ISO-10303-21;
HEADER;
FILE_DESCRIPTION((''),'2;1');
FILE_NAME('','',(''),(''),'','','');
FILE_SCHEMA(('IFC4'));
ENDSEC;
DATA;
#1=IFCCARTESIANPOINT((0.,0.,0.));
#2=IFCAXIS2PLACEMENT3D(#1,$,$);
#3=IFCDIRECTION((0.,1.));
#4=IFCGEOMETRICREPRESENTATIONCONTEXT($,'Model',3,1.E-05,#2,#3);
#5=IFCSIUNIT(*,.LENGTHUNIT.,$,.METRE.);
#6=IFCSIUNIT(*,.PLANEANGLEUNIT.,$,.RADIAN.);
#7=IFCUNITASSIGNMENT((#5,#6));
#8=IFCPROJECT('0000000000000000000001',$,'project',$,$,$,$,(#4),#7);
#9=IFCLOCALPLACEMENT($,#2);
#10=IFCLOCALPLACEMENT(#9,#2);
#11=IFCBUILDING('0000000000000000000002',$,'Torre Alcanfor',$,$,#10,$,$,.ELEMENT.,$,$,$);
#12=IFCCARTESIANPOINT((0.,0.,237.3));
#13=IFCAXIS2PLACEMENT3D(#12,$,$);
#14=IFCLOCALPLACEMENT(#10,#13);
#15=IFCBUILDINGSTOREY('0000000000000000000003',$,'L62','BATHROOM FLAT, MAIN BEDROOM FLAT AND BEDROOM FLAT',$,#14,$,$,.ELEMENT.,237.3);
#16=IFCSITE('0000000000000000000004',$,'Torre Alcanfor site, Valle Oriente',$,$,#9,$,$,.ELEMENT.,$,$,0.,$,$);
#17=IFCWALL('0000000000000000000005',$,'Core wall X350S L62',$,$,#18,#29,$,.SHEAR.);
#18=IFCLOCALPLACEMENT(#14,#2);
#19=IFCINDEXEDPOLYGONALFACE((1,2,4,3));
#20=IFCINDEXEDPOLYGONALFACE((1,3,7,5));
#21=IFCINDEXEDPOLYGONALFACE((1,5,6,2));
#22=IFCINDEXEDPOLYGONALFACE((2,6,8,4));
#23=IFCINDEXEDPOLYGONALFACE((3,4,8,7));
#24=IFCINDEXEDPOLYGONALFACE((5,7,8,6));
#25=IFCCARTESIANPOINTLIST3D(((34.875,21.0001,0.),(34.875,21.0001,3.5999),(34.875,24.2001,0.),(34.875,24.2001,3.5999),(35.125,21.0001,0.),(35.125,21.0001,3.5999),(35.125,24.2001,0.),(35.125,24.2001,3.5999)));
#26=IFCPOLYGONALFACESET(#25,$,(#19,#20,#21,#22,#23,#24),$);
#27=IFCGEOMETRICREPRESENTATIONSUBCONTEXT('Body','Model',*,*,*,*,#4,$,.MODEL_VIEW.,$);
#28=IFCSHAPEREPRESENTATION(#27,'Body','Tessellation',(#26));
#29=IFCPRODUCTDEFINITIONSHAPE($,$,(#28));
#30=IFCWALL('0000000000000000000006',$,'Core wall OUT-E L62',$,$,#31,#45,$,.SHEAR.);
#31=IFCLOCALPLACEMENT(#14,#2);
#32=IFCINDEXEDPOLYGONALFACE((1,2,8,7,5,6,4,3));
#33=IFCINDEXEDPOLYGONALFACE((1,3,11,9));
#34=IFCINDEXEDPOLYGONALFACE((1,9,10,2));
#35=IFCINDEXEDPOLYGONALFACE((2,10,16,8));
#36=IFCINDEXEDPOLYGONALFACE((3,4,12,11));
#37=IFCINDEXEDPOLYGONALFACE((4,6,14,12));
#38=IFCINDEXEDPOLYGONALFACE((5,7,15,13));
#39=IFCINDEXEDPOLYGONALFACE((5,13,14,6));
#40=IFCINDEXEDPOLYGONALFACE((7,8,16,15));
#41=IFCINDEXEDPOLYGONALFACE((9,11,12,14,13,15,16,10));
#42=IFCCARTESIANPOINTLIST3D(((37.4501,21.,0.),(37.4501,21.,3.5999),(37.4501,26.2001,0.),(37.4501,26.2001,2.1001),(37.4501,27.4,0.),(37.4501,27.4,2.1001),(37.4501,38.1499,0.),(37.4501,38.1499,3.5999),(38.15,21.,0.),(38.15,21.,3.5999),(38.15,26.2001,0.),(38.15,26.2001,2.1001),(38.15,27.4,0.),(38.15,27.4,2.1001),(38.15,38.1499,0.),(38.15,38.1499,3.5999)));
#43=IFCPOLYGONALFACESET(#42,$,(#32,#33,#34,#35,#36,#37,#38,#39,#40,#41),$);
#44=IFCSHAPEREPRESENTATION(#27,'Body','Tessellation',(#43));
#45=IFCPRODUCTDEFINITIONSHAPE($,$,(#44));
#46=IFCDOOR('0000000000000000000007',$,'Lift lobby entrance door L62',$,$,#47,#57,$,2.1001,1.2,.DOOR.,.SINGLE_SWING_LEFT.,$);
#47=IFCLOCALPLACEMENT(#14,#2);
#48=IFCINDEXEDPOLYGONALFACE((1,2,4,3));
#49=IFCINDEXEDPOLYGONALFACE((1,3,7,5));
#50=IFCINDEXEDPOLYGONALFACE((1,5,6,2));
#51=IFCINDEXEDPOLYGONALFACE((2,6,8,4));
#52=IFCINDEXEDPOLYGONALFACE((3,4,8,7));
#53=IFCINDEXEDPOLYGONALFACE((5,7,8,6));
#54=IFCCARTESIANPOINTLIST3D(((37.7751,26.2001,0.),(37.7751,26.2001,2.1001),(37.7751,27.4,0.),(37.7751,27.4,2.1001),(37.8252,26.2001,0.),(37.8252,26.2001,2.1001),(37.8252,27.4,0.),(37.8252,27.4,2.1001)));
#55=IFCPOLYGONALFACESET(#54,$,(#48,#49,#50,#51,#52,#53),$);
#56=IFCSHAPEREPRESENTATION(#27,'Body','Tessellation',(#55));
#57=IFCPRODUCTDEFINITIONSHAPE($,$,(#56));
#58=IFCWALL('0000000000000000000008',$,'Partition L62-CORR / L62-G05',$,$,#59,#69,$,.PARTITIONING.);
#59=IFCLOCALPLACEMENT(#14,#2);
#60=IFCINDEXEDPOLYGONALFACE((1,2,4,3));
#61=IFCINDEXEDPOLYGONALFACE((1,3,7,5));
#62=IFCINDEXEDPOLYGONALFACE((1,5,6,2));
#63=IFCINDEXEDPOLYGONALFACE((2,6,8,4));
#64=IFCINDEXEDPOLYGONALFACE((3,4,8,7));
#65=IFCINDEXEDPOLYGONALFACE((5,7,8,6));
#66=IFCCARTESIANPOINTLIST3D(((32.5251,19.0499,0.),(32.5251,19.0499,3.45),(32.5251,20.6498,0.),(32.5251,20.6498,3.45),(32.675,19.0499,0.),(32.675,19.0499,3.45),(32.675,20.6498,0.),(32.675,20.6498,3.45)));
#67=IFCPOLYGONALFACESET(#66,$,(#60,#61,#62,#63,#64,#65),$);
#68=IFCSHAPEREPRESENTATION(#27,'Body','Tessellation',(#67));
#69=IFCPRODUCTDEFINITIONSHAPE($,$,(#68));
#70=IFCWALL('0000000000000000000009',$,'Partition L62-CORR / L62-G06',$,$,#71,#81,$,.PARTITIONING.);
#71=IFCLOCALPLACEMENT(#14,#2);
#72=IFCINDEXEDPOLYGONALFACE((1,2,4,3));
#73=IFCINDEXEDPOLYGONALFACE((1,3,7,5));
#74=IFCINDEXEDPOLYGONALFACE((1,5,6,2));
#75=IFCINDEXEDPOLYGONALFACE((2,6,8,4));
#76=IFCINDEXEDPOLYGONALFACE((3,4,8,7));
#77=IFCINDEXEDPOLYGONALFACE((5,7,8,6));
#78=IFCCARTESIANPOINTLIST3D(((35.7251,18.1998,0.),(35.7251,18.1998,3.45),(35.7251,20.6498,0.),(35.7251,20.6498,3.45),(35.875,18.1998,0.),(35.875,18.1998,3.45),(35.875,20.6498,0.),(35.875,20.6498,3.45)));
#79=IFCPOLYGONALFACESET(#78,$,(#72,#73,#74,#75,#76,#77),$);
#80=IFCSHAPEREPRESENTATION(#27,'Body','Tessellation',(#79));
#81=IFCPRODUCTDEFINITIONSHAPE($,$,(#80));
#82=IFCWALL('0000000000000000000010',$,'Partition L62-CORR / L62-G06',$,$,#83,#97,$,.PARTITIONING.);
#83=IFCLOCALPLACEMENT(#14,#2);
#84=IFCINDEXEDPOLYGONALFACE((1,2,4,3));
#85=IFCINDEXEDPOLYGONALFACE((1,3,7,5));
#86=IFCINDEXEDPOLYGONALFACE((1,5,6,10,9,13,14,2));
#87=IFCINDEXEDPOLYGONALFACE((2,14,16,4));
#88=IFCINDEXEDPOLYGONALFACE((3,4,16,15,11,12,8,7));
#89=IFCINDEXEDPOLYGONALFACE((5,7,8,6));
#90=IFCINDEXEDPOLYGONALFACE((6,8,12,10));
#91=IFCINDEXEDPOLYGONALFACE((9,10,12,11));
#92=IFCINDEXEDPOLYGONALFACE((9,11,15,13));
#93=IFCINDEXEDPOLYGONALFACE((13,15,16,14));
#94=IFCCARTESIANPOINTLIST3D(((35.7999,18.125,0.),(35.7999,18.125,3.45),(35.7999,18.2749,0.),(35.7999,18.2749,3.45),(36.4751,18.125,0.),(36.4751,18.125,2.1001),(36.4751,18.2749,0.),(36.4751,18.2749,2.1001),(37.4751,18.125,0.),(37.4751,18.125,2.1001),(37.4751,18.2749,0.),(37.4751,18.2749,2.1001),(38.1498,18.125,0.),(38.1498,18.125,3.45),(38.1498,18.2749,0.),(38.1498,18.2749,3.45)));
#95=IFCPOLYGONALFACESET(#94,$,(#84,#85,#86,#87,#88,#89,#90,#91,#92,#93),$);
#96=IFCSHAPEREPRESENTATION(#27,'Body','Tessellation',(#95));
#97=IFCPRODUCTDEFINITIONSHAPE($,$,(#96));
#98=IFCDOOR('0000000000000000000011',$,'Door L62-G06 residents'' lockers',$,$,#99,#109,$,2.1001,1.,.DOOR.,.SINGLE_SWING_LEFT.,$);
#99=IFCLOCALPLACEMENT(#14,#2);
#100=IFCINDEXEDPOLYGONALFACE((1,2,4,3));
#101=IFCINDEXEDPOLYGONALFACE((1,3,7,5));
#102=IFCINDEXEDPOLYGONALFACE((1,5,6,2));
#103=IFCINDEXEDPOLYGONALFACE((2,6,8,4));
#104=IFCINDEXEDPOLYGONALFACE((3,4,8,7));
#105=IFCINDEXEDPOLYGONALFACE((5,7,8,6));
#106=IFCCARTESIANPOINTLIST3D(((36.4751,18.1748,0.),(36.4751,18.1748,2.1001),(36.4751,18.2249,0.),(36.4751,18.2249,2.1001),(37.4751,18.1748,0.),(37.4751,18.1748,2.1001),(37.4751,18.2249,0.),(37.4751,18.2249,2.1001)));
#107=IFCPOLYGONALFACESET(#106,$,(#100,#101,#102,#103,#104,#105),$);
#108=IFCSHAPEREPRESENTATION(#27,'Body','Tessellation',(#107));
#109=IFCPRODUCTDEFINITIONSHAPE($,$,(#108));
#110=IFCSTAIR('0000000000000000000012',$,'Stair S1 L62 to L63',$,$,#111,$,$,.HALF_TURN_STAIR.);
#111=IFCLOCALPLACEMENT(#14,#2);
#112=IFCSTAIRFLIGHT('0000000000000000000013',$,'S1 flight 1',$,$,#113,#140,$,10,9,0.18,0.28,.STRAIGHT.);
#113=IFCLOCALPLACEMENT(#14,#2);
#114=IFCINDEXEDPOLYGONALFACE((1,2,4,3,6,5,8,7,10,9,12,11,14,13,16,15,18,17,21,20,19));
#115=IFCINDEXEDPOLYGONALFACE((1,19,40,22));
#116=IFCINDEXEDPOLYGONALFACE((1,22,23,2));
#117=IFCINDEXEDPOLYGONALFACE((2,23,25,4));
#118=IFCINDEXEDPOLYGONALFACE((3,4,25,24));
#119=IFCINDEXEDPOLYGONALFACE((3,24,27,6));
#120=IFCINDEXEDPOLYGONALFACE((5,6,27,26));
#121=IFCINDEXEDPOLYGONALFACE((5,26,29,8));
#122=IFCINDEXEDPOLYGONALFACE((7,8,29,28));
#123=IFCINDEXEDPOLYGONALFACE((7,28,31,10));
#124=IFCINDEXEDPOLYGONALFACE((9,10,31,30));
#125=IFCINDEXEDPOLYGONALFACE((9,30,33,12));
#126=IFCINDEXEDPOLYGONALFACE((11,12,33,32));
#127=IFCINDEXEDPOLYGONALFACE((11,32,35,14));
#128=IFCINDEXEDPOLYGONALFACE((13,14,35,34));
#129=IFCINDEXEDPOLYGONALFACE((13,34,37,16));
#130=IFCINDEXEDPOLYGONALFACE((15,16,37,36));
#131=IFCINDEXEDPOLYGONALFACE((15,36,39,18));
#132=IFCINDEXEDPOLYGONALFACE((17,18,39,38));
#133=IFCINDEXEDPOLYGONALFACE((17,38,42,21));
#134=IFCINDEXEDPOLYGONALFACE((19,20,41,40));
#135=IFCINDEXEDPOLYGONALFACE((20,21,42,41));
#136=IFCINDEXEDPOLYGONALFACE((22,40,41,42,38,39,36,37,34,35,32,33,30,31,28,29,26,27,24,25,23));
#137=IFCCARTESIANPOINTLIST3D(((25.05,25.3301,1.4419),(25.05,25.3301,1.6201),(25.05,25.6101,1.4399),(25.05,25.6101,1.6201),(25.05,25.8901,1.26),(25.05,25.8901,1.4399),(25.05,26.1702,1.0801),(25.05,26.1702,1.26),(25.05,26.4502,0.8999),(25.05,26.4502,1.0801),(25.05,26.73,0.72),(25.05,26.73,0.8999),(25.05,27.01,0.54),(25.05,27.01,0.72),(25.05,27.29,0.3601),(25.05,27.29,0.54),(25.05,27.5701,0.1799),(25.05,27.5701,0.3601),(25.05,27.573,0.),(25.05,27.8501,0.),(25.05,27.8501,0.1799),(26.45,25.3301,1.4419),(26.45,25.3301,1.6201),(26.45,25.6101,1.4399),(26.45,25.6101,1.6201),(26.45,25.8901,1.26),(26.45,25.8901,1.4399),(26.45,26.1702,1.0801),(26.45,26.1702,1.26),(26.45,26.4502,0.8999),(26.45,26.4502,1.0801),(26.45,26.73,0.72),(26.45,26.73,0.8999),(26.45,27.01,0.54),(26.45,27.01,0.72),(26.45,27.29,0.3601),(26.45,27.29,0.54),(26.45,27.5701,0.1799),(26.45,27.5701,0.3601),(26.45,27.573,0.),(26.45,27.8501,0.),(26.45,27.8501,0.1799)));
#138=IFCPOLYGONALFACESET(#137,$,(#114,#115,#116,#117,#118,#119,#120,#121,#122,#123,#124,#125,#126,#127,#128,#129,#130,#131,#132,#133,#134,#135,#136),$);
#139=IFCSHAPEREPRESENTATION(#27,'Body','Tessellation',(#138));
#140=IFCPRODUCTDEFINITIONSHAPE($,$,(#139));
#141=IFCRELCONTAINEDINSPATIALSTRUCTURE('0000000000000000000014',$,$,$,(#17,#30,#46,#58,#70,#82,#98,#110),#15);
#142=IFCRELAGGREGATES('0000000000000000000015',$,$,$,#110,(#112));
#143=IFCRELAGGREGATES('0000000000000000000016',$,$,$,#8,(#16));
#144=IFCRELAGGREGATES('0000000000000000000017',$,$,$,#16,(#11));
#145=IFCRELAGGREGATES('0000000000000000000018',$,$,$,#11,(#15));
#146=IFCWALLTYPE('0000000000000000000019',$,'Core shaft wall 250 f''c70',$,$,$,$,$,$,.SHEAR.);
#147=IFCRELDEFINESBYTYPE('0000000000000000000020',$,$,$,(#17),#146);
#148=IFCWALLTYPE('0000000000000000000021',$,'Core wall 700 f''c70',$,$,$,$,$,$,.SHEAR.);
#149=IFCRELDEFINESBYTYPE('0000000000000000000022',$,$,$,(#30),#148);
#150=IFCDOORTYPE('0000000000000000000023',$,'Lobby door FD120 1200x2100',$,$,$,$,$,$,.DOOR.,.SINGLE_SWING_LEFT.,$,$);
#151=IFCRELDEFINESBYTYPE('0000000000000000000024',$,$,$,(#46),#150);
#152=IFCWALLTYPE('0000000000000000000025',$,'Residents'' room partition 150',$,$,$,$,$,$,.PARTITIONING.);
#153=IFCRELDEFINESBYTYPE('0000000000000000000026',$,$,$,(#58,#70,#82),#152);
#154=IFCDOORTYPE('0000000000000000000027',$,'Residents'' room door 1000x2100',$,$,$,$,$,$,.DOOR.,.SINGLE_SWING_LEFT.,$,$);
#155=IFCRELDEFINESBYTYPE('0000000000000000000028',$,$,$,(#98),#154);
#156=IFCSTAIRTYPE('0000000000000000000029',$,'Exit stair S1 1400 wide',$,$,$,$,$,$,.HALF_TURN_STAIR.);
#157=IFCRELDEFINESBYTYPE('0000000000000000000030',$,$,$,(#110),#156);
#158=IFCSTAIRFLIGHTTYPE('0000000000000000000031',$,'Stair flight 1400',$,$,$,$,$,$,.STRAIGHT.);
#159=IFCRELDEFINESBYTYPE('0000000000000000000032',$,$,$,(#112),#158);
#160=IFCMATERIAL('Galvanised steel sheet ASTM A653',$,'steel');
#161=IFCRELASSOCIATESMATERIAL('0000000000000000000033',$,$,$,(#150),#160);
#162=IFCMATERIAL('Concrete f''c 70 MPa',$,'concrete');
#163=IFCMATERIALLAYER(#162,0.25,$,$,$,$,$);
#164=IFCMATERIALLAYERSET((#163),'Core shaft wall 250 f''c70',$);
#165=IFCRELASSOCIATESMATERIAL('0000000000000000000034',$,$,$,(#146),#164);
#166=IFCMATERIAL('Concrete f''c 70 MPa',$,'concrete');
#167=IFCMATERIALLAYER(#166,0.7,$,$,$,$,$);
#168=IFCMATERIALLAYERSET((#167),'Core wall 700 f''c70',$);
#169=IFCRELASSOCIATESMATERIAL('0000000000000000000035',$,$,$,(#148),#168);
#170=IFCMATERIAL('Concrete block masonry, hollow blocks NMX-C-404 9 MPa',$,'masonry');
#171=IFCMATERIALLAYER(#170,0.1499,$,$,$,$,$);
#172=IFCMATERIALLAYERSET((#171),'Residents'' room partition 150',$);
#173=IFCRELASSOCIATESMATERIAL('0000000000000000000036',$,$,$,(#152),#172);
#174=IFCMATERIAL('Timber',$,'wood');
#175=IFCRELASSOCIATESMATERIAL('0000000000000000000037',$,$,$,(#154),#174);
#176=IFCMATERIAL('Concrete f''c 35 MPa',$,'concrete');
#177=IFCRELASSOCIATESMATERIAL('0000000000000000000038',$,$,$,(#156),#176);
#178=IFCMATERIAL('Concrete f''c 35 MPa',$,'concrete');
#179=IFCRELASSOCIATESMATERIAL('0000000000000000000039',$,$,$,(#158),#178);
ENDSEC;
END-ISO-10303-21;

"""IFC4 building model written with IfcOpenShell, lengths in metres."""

from ifc_helpers import new_model, si_unit, direction, frame, frame_2d, origin, place, context, subcontext, project, spatial, polyline, rectangle, outline, extrude, material, layer, layer_set, type_object, element, fill, aggregate, save


model = new_model("IFC4")

# Units and contexts
model_context = context("Model", 3, precision=1e-05, world=origin(), true_north=direction((0.0, 1.0)))
body_context = subcontext(model_context, "Body", "Model", "MODEL_VIEW")
ifc_project = project(units=[si_unit("LENGTHUNIT", "METRE"), si_unit("PLANEANGLEUNIT", "RADIAN")], contexts=[model_context])

# Site, building, storey
site_placement = place(None, origin())
site = spatial("IfcSite", under=ifc_project, at=site_placement, Name="Torre Alcanfor site, Valle Oriente", CompositionType="ELEMENT", RefElevation=0.0)
building_placement = place(site_placement, origin())
building = spatial("IfcBuilding", under=site, at=building_placement, Name="Torre Alcanfor", CompositionType="ELEMENT")
storey_placement = place(building_placement, frame((0.0, 0.0, 237.3)))
storey = spatial("IfcBuildingStorey", under=building, at=storey_placement, Name="L62", Description="BATHROOM FLAT, MAIN BEDROOM FLAT AND BEDROOM FLAT", CompositionType="ELEMENT", Elevation=237.3)

# Shared definitions
ifc_material_1 = material(Name="Galvanised steel sheet ASTM A653", Category="steel")
door_type_1 = type_object("IfcDoorType", Name="Lobby door FD120 1200x2100", OperationType="SINGLE_SWING_LEFT", PredefinedType="DOOR", material=ifc_material_1)

# Wall
ifc_material_2 = material(Name="Concrete f'c 70 MPa", Category="concrete")
ifc_layer_1 = layer(ifc_material_2, 0.25)
ifc_layer_set_1 = layer_set([ifc_layer_1], Name="Core shaft wall 250 f'c70")
wall_type_1 = type_object("IfcWallType", Name="Core shaft wall 250 f'c70", PredefinedType="SHEAR", material=ifc_layer_set_1)
for number, where, z_axis, x_axis, name in (
    (1, (35.0, 21.0, 0.0), (0.0, 0.0, 1.0), (0.0, 1.0, 0.0), "Core wall X350S L62"),
):
    element("IfcWall", number, at=place(storey_placement, frame(where, z_axis=z_axis, x_axis=x_axis)), inside=storey, type_object=wall_type_1, Name=name, PredefinedType="SHEAR", context=body_context, shape_type="SweptSolid", body=[
        extrude(rectangle(XDim=3.2, YDim=0.25, at=frame_2d((1.6001, 0.0))), origin(), (0.0, 0.0, 1.0), 3.5999),
    ])

# Wall, opening, door
ifc_material_3 = material(Name="Concrete f'c 70 MPa", Category="concrete")
ifc_layer_2 = layer(ifc_material_3, 0.7)
ifc_layer_set_2 = layer_set([ifc_layer_2], Name="Core wall 700 f'c70")
wall_type_2 = type_object("IfcWallType", Name="Core wall 700 f'c70", PredefinedType="SHEAR", material=ifc_layer_set_2)
wall_1_placement = place(storey_placement, frame((37.8, 21.0, 0.0), z_axis=(0.0, 0.0, 1.0), x_axis=(0.0, 1.0, 0.0)))
wall_1 = element("IfcWall", 2, at=wall_1_placement, inside=storey, type_object=wall_type_2, Name="Core wall OUT-E L62", PredefinedType="SHEAR", context=body_context, shape_type="SweptSolid", body=[
    extrude(rectangle(XDim=17.1499, YDim=0.7, at=frame_2d((8.575, 0.0))), origin(), (0.0, 0.0, 1.0), 3.5999),
])
opening_1_placement = place(wall_1_placement, frame((5.2, 0.0, 0.0)))
opening_1 = element("IfcOpeningElement", 3, at=opening_1_placement, cuts=wall_1, PredefinedType="OPENING", context=body_context, shape_type="SweptSolid", body=[
    extrude(rectangle(XDim=1.2, YDim=2.1001, at=frame_2d((0.6001, 1.05))), frame((0.0, 0.3599, 0.0), z_axis=(0.0, -1.0, 0.0), x_axis=(1.0, 0.0, 0.0)), (0.0, 0.0, 1.0), 0.72),
])
door_1_placement = place(opening_1_placement, origin())
door_1 = element("IfcDoor", 4, at=door_1_placement, inside=storey, type_object=door_type_1, Name="Lift lobby entrance door L62", OperationType="SINGLE_SWING_LEFT", OverallHeight=2.1001, OverallWidth=1.2, PredefinedType="DOOR", context=body_context, shape_type="SweptSolid", body=[
    extrude(rectangle(XDim=1.2, YDim=2.1001, at=frame_2d((0.6001, 1.05))), frame((0.0, 0.0249, 0.0), z_axis=(0.0, -1.0, 0.0), x_axis=(1.0, 0.0, 0.0)), (0.0, 0.0, 1.0), 0.05),
])
fill(opening_1, door_1)

# Walls
ifc_material_4 = material(Name="Concrete block masonry, hollow blocks NMX-C-404 9 MPa", Category="masonry")
ifc_layer_3 = layer(ifc_material_4, 0.1499)
ifc_layer_set_3 = layer_set([ifc_layer_3], Name="Residents' room partition 150")
wall_type_3 = type_object("IfcWallType", Name="Residents' room partition 150", PredefinedType="PARTITIONING", material=ifc_layer_set_3)
wall_2_placement = place(storey_placement, frame((32.6001, 19.05, 0.0), z_axis=(0.0, 0.0, 1.0), x_axis=(0.0, 1.0, 0.0)))
element("IfcWall", 5, at=wall_2_placement, inside=storey, type_object=wall_type_3, Name="Partition L62-CORR / L62-G05", PredefinedType="PARTITIONING", context=body_context, shape_type="SweptSolid", body=[
    extrude(rectangle(XDim=1.5999, YDim=0.1499, at=frame_2d((0.7998, 0.0))), origin(), (0.0, 0.0, 1.0), 3.45),
])
wall_3_placement = place(storey_placement, frame((35.8, 20.6499, 0.0), z_axis=(0.0, 0.0, 1.0), x_axis=(0.0, -1.0, 0.0)))
element("IfcWall", 6, at=wall_3_placement, inside=storey, type_object=wall_type_3, Name="Partition L62-CORR / L62-G06", PredefinedType="PARTITIONING", context=body_context, shape_type="SweptSolid", body=[
    extrude(rectangle(XDim=2.45, YDim=0.1499, at=frame_2d((1.2251, 0.0))), origin(), (0.0, 0.0, 1.0), 3.45),
])

# Wall, opening, door
wall_4_placement = place(storey_placement, frame((35.8, 18.2, 0.0), z_axis=(0.0, 0.0, 1.0), x_axis=(1.0, 0.0, 0.0)))
wall_4 = element("IfcWall", 7, at=wall_4_placement, inside=storey, type_object=wall_type_3, Name="Partition L62-CORR / L62-G06", PredefinedType="PARTITIONING", context=body_context, shape_type="SweptSolid", body=[
    extrude(rectangle(XDim=2.3499, YDim=0.1499, at=frame_2d((1.1748, 0.0))), origin(), (0.0, 0.0, 1.0), 3.45),
])
opening_2_placement = place(wall_4_placement, frame((0.675, 0.0, 0.0)))
opening_2 = element("IfcOpeningElement", 8, at=opening_2_placement, cuts=wall_4, PredefinedType="OPENING", context=body_context, shape_type="SweptSolid", body=[
    extrude(rectangle(XDim=1.0, YDim=2.1001, at=frame_2d((0.5, 1.05))), frame((0.0, 0.085, 0.0), z_axis=(0.0, -1.0, 0.0), x_axis=(1.0, 0.0, 0.0)), (0.0, 0.0, 1.0), 0.1699),
])
ifc_material_5 = material(Name="Timber", Category="wood")
door_type_2 = type_object("IfcDoorType", Name="Residents' room door 1000x2100", OperationType="SINGLE_SWING_LEFT", PredefinedType="DOOR", material=ifc_material_5)
door_2_placement = place(opening_2_placement, origin())
door_2 = element("IfcDoor", 9, at=door_2_placement, inside=storey, type_object=door_type_2, Name="Door L62-G06 residents' lockers", OperationType="SINGLE_SWING_LEFT", OverallHeight=2.1001, OverallWidth=1.0, PredefinedType="DOOR", context=body_context, shape_type="SweptSolid", body=[
    extrude(rectangle(XDim=1.0, YDim=2.1001, at=frame_2d((0.5, 1.05))), frame((0.0, 0.0249, 0.0), z_axis=(0.0, -1.0, 0.0), x_axis=(1.0, 0.0, 0.0)), (0.0, 0.0, 1.0), 0.05),
])
fill(opening_2, door_2)

# Stair, stair flight
ifc_material_6 = material(Name="Concrete f'c 35 MPa", Category="concrete")
stair_type = type_object("IfcStairType", Name="Exit stair S1 1400 wide", PredefinedType="HALF_TURN_STAIR", material=ifc_material_6)
stair_placement = place(storey_placement, origin())
stair = element("IfcStair", 10, at=stair_placement, inside=storey, type_object=stair_type, Name="Stair S1 L62 to L63", PredefinedType="HALF_TURN_STAIR")
ifc_material_7 = material(Name="Concrete f'c 35 MPa", Category="concrete")
stair_flight_type = type_object("IfcStairFlightType", Name="Stair flight 1400", PredefinedType="STRAIGHT", material=ifc_material_7)
stair_flight_placement = place(storey_placement, frame((25.75, 27.8501, 0.0), z_axis=(0.0, 0.0, 1.0), x_axis=(0.0, -1.0, 0.0)))
stair_flight = element("IfcStairFlight", 11, at=stair_flight_placement, type_object=stair_flight_type, Name="S1 flight 1", NumberOfRisers=10, NumberOfTreads=9, PredefinedType="STRAIGHT", RiserHeight=0.18, TreadLength=0.28, context=body_context, shape_type="SweptSolid", body=[
    extrude(outline(polyline([(0.0, 0.0), (0.0, 0.1799), (0.28, 0.1799), (0.28, 0.3601), (0.5601, 0.3601), (0.5601, 0.54), (0.8401, 0.54), (0.8401, 0.72), (1.1201, 0.72), (1.1201, 0.8999), (1.3999, 0.8999), (1.3999, 1.0801), (1.6799, 1.0801), (1.6799, 1.26), (1.96, 1.26), (1.96, 1.4399), (2.24, 1.4399), (2.24, 1.6201), (2.52, 1.6201), (2.52, 1.8), (2.52, 1.4419), (0.2771, 0.0), (0.0, 0.0)])), frame((0.0, 0.7, 0.0), z_axis=(0.0, -1.0, 0.0), x_axis=(1.0, 0.0, 0.0)), (0.0, 0.0, 1.0), 1.3999),
])
aggregate(stair, [stair_flight])

save(model, "model.ifc")
